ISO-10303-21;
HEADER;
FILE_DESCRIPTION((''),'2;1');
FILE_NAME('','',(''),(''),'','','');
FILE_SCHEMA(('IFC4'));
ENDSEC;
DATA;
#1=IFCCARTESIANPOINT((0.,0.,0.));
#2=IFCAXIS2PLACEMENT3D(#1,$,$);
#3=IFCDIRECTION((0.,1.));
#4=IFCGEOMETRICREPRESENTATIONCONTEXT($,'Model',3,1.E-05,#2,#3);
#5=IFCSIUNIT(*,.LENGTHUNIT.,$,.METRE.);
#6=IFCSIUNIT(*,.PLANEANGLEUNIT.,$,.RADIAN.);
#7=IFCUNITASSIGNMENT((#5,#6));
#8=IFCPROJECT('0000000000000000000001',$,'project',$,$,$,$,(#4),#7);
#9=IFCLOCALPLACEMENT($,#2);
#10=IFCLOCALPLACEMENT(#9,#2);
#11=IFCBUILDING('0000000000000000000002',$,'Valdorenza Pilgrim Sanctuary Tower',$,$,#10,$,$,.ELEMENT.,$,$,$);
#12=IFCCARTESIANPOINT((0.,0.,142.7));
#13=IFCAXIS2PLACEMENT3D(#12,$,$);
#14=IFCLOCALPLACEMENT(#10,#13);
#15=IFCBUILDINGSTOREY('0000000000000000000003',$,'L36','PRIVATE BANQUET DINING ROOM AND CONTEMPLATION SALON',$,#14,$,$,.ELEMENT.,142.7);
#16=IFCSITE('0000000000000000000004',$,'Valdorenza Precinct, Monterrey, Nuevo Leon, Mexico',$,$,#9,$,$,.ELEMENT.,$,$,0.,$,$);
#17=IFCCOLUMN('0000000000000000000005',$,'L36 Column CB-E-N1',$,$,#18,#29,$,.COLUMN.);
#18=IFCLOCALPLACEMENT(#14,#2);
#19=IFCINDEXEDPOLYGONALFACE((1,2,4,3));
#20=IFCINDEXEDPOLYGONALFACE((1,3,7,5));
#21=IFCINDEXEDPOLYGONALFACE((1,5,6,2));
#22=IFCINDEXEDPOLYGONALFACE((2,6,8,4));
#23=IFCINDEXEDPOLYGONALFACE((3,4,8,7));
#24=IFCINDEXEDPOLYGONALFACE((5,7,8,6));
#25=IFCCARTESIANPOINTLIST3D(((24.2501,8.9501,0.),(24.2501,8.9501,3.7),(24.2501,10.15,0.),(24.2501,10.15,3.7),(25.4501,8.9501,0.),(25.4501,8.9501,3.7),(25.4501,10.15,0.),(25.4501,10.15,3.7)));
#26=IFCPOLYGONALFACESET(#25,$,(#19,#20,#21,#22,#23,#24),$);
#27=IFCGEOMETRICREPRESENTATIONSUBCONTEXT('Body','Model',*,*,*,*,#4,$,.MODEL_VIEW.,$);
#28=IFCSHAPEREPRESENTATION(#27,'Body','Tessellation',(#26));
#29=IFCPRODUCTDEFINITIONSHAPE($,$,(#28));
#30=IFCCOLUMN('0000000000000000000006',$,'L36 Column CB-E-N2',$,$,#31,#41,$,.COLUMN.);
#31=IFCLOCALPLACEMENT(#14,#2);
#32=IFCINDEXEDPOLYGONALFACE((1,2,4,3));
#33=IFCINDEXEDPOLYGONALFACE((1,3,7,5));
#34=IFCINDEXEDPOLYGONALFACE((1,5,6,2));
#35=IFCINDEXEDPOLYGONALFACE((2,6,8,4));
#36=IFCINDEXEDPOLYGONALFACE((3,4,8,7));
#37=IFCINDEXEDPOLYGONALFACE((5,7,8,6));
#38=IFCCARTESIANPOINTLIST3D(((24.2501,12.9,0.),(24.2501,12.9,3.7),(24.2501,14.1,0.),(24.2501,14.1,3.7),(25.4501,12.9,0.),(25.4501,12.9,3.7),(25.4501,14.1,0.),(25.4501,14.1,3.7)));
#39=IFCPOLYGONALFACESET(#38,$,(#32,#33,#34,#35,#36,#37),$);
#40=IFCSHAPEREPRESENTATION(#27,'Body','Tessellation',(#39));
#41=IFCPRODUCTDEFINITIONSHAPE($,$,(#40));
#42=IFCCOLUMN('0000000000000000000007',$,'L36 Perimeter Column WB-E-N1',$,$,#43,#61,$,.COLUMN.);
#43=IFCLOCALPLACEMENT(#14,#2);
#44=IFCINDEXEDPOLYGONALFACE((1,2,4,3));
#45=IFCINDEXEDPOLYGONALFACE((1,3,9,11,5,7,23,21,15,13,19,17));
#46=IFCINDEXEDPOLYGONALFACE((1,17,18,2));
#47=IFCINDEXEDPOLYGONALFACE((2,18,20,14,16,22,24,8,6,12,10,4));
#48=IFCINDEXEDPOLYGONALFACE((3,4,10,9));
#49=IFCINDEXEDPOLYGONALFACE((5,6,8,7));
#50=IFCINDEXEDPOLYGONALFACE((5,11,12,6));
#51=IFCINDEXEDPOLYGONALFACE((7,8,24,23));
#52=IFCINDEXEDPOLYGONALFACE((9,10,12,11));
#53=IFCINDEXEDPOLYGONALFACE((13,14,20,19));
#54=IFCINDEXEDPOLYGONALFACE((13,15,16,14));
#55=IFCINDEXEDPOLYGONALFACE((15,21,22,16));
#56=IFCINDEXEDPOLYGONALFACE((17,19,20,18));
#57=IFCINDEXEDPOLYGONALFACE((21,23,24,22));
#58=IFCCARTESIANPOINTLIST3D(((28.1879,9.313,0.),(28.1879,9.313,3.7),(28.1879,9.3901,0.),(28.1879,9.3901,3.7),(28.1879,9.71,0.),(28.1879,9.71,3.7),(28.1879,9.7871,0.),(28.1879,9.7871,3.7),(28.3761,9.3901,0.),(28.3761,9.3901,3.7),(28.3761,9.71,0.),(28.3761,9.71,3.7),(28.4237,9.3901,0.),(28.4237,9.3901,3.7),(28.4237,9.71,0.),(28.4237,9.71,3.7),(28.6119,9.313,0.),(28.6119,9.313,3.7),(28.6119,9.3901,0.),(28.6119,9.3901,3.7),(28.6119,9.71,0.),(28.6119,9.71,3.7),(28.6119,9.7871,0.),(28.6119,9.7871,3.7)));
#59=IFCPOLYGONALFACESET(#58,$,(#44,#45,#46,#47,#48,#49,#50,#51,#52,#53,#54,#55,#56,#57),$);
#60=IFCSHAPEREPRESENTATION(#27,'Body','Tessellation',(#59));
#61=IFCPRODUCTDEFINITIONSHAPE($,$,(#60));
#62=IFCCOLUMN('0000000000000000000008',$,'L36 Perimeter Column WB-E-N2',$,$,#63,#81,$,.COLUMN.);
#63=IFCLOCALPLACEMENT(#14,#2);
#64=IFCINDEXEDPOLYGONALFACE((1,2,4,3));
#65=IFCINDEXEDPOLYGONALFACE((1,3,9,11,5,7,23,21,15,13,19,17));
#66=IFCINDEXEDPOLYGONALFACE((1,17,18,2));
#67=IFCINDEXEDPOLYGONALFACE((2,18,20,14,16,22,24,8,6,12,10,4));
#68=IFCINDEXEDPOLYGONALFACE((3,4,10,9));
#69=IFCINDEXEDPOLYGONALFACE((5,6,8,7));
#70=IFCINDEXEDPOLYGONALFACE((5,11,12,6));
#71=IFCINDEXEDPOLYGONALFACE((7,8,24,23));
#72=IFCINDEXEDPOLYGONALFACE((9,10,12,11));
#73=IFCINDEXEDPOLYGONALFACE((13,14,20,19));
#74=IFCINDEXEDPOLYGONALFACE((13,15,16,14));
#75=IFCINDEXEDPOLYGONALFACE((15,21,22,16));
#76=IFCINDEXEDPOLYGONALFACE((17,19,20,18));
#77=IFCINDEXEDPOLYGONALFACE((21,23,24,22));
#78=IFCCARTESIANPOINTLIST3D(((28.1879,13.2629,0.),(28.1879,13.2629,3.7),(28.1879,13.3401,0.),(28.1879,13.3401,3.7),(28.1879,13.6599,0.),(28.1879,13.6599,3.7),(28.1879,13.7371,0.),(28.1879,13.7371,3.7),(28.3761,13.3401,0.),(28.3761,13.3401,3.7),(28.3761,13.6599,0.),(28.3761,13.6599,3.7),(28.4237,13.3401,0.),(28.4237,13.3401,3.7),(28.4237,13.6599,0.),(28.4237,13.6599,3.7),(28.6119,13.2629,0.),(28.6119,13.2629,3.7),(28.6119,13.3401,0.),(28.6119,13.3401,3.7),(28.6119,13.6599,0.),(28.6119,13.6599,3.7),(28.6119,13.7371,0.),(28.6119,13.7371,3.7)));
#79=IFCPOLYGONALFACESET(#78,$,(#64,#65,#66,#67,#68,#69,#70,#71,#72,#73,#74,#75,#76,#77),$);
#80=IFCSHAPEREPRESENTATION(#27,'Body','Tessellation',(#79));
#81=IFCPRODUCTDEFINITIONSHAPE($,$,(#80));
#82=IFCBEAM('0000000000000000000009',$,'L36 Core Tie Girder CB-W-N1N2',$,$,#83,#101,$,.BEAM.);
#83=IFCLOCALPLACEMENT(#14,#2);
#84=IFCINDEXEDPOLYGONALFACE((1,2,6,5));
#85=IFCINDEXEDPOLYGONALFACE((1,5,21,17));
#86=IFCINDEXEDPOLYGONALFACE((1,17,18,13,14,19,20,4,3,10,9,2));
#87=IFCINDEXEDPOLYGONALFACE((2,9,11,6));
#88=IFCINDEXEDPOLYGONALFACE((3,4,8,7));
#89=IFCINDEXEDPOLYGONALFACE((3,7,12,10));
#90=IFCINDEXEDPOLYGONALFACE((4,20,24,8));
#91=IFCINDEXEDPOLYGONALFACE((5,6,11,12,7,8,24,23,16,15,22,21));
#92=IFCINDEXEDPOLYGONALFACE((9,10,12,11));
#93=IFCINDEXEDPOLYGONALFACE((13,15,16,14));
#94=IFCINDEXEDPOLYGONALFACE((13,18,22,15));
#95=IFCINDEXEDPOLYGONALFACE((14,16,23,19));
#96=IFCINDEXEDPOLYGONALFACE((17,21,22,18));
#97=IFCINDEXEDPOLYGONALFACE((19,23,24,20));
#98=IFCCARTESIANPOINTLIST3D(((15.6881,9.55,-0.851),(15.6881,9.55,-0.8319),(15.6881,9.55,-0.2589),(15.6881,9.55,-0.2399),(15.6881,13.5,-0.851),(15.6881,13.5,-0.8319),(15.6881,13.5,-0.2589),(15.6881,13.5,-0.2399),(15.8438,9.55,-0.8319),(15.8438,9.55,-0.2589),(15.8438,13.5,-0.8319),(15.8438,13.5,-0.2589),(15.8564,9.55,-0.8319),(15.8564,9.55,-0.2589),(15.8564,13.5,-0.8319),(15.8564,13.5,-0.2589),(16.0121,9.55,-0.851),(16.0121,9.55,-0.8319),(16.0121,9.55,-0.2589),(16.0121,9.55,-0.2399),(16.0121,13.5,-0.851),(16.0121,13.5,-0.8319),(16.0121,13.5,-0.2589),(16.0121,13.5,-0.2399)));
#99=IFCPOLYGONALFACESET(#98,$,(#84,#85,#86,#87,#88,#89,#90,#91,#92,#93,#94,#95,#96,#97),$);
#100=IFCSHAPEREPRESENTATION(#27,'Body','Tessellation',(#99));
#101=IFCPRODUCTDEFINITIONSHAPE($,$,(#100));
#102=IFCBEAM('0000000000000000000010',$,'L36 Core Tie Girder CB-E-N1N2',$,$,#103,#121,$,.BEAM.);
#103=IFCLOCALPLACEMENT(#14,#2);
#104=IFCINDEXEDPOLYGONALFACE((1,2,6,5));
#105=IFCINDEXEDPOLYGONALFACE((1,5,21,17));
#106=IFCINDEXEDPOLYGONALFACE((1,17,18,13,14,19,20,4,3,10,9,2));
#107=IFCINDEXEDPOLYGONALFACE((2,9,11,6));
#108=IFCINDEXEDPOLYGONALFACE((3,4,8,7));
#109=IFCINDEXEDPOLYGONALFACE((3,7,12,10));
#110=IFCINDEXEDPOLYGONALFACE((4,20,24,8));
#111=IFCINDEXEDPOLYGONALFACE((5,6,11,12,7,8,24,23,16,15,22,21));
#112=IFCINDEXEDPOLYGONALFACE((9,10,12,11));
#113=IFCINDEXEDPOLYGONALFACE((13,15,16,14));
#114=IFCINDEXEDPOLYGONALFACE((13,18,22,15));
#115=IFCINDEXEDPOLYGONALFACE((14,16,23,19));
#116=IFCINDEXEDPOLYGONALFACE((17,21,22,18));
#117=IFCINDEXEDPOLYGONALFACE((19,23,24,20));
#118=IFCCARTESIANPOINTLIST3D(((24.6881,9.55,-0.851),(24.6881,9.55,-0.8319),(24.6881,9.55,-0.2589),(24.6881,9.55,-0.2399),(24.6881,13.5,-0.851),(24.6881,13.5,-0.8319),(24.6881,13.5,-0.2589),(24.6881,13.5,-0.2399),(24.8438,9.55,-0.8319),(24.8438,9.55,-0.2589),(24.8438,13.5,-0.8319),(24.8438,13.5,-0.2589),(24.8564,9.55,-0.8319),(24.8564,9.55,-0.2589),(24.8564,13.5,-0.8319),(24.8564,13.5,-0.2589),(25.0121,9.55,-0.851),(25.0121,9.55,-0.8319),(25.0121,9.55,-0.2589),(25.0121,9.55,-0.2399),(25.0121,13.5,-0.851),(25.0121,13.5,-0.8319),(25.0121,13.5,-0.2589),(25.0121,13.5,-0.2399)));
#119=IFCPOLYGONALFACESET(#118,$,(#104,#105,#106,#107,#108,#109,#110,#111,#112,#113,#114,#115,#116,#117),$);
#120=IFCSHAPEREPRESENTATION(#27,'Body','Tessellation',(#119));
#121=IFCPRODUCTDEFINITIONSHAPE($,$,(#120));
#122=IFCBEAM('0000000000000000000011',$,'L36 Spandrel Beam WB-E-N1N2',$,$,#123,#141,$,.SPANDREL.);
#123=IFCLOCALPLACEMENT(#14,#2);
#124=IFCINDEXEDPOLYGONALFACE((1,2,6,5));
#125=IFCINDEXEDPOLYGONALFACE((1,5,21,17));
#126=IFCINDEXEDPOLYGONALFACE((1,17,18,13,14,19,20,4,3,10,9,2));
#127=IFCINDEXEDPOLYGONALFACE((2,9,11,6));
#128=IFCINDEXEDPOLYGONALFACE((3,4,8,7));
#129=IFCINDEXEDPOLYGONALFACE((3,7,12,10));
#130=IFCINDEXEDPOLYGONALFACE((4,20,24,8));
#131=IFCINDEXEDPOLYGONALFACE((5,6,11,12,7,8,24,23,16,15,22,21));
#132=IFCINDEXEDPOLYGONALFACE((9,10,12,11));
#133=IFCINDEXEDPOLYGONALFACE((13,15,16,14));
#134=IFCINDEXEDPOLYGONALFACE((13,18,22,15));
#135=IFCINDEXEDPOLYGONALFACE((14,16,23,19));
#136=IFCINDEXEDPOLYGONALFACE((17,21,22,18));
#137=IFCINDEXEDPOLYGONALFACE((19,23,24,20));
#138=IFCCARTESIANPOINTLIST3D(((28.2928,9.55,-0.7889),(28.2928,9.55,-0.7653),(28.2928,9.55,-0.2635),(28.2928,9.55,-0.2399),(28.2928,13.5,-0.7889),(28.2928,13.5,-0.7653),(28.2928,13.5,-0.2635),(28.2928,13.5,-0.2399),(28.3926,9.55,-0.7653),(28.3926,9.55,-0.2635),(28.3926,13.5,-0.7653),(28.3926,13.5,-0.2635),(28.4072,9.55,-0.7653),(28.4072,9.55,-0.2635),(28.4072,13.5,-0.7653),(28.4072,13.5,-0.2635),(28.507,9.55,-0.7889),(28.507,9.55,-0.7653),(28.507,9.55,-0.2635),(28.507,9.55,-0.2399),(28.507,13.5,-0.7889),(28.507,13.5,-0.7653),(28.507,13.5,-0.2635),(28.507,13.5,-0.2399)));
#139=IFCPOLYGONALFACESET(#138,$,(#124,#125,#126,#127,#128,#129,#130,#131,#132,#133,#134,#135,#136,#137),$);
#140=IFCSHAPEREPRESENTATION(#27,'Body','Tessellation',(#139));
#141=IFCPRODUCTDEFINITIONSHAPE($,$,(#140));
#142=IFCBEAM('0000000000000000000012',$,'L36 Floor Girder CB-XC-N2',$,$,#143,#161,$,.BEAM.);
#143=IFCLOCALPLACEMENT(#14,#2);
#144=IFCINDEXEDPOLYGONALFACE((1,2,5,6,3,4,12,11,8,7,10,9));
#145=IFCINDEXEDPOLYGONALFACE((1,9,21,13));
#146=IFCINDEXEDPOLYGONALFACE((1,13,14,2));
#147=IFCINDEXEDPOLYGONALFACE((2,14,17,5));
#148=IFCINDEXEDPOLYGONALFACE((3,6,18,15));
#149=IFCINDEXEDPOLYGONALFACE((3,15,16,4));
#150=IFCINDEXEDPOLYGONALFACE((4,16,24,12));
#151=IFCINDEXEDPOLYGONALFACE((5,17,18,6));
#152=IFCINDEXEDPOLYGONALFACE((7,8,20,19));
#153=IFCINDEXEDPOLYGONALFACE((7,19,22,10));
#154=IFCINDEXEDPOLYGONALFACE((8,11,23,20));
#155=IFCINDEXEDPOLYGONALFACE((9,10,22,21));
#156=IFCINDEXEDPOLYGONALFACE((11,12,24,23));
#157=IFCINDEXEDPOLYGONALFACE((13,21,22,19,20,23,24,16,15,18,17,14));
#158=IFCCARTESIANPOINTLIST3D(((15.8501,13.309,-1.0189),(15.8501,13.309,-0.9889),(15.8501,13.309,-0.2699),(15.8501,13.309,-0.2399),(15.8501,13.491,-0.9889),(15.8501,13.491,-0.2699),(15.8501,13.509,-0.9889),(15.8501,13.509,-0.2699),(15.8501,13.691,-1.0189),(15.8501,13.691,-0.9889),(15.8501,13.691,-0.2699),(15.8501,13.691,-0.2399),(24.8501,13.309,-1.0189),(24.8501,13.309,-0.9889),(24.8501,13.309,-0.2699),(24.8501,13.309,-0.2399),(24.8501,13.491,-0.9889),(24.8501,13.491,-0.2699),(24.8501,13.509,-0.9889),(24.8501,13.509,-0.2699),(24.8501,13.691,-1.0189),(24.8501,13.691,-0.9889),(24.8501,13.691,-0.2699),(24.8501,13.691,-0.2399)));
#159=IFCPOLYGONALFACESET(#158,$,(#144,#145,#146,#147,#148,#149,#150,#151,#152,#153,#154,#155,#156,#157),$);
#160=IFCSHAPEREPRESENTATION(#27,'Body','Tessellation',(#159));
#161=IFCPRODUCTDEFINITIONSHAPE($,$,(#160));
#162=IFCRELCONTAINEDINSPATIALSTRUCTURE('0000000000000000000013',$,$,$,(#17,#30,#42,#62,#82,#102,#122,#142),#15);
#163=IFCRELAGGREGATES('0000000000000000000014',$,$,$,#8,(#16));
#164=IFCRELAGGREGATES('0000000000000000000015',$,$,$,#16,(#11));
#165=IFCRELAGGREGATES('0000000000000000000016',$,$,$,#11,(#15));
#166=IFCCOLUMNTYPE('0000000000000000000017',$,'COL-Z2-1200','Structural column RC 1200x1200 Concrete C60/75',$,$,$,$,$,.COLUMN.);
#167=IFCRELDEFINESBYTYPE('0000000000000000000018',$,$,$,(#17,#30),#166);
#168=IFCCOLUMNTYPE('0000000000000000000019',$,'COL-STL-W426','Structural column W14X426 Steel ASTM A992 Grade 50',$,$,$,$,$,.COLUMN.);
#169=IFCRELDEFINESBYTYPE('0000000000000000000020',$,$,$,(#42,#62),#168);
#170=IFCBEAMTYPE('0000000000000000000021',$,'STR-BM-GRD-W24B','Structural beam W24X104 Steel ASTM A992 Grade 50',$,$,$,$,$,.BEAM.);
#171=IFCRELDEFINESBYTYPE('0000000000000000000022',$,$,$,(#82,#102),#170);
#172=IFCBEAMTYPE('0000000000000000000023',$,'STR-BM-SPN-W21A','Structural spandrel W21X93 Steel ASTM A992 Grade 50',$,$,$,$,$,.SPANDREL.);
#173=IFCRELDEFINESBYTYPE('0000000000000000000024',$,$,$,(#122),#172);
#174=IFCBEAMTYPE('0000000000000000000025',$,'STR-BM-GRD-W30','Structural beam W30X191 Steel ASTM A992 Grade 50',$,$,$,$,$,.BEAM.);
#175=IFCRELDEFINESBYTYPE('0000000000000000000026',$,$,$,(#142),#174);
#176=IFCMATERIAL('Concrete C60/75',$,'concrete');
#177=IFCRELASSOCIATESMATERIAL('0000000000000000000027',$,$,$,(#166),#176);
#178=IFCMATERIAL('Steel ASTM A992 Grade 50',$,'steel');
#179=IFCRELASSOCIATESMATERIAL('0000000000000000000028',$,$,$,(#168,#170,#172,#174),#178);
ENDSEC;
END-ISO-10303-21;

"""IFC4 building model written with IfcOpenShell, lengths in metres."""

from ifc_helpers import new_model, si_unit, direction, frame, origin, origin_2d, place, context, subcontext, project, spatial, rectangle, i_section, extrude, source, transform, mapped, material, material_profile, profile_set, type_object, element, save


model = new_model("IFC4")

# Units and contexts
model_context = context("Model", 3, precision=1e-05, world=origin(), true_north=direction((0.0, 1.0)))
body_context = subcontext(model_context, "Body", "Model", "MODEL_VIEW")
ifc_project = project(units=[si_unit("LENGTHUNIT", "METRE"), si_unit("PLANEANGLEUNIT", "RADIAN")], contexts=[model_context])

# Site, building, storey
site_placement = place(None, origin())
site = spatial("IfcSite", under=ifc_project, at=site_placement, Name="Valdorenza Precinct, Monterrey, Nuevo Leon, Mexico", CompositionType="ELEMENT", RefElevation=0.0)
building_placement = place(site_placement, origin())
building = spatial("IfcBuilding", under=site, at=building_placement, Name="Valdorenza Pilgrim Sanctuary Tower", CompositionType="ELEMENT")
storey_placement = place(building_placement, frame((0.0, 0.0, 142.7)))
storey = spatial("IfcBuildingStorey", under=building, at=storey_placement, Name="L36", Description="PRIVATE BANQUET DINING ROOM AND CONTEMPLATION SALON", CompositionType="ELEMENT", Elevation=142.7)

# Columns
ifc_material_1 = material(Name="Concrete C60/75", Category="concrete")
ifc_material_profile_1 = material_profile(ifc_material_1, rectangle(XDim=1.2, YDim=1.2, at=origin_2d()), Name="RC 1200x1200")
ifc_profile_set_1 = profile_set([ifc_material_profile_1], Name="Concrete C60/75")
column_type_1 = type_object("IfcColumnType", Name="COL-Z2-1200", Description="Structural column RC 1200x1200 Concrete C60/75", PredefinedType="COLUMN", material=ifc_profile_set_1)
shared_shape_1 = source(origin(), body_context, "Body", "SweptSolid", [
    extrude(rectangle(XDim=1.2, YDim=1.2, at=origin_2d()), origin(), (0.0, 0.0, 1.0), 3.7),
])
for number, where, z_axis, x_axis, name in (
    (1, (24.8501, 9.55, 0.0), (0.0, 0.0, 1.0), (1.0, 0.0, 0.0), "L36 Column CB-E-N1"),
    (2, (24.8501, 13.5, 0.0), (0.0, 0.0, 1.0), (1.0, 0.0, 0.0), "L36 Column CB-E-N2"),
):
    element("IfcColumn", number, at=place(storey_placement, frame(where, z_axis=z_axis, x_axis=x_axis)), inside=storey, type_object=column_type_1, Name=name, PredefinedType="COLUMN", context=body_context, shape_type="MappedRepresentation", body=[
        mapped(shared_shape_1, transform((0.0, 0.0, 0.0), x_axis=(1.0, 0.0, 0.0), y_axis=(0.0, 1.0, 0.0), z_axis=(0.0, 0.0, 1.0), scale=1.0)),
    ])
ifc_material_2 = material(Name="Steel ASTM A992 Grade 50", Category="steel")
ifc_material_profile_2 = material_profile(ifc_material_2, i_section(OverallWidth=0.4241, OverallDepth=0.4741, WebThickness=0.0476, FlangeThickness=0.0771, at=origin_2d()), Name="W14X426")
ifc_profile_set_2 = profile_set([ifc_material_profile_2], Name="Steel ASTM A992 Grade 50")
column_type_2 = type_object("IfcColumnType", Name="COL-STL-W426", Description="Structural column W14X426 Steel ASTM A992 Grade 50", PredefinedType="COLUMN", material=ifc_profile_set_2)
shared_shape_2 = source(origin(), body_context, "Body", "SweptSolid", [
    extrude(i_section(OverallWidth=0.4241, OverallDepth=0.4741, WebThickness=0.0476, FlangeThickness=0.0771, at=origin_2d()), origin(), (0.0, 0.0, 1.0), 3.7),
])
for number, where, z_axis, x_axis, name in (
    (3, (28.3999, 9.55, 0.0), (0.0, 0.0, 1.0), (1.0, 0.0, 0.0), "L36 Perimeter Column WB-E-N1"),
    (4, (28.3999, 13.5, 0.0), (0.0, 0.0, 1.0), (1.0, 0.0, 0.0), "L36 Perimeter Column WB-E-N2"),
):
    element("IfcColumn", number, at=place(storey_placement, frame(where, z_axis=z_axis, x_axis=x_axis)), inside=storey, type_object=column_type_2, Name=name, PredefinedType="COLUMN", context=body_context, shape_type="MappedRepresentation", body=[
        mapped(shared_shape_2, transform((0.0, 0.0, 0.0), x_axis=(1.0, 0.0, 0.0), y_axis=(0.0, 1.0, 0.0), z_axis=(0.0, 0.0, 1.0), scale=1.0)),
    ])

# Beams
ifc_material_profile_3 = material_profile(ifc_material_2, i_section(OverallWidth=0.324, OverallDepth=0.6111, WebThickness=0.0127, FlangeThickness=0.019, at=origin_2d()), Name="W24X104")
ifc_profile_set_3 = profile_set([ifc_material_profile_3], Name="Steel ASTM A992 Grade 50")
beam_type_1 = type_object("IfcBeamType", Name="STR-BM-GRD-W24B", Description="Structural beam W24X104 Steel ASTM A992 Grade 50", PredefinedType="BEAM", material=ifc_profile_set_3)
shared_shape_3 = source(origin(), body_context, "Body", "SweptSolid", [
    extrude(i_section(OverallWidth=0.324, OverallDepth=0.6111, WebThickness=0.0127, FlangeThickness=0.019, at=origin_2d()), origin(), (0.0, 0.0, 1.0), 3.95),
])
for number, where, z_axis, x_axis, name in (
    (5, (15.8501, 9.55, -0.5454), (0.0, 1.0, 0.0), (-1.0, 0.0, 0.0), "L36 Core Tie Girder CB-W-N1N2"),
    (6, (24.8501, 9.55, -0.5454), (0.0, 1.0, 0.0), (-1.0, 0.0, 0.0), "L36 Core Tie Girder CB-E-N1N2"),
):
    element("IfcBeam", number, at=place(storey_placement, frame(where, z_axis=z_axis, x_axis=x_axis)), inside=storey, type_object=beam_type_1, Name=name, PredefinedType="BEAM", context=body_context, shape_type="MappedRepresentation", body=[
        mapped(shared_shape_3, transform((0.0, 0.0, 0.0), x_axis=(1.0, 0.0, 0.0), y_axis=(0.0, 1.0, 0.0), z_axis=(0.0, 0.0, 1.0), scale=1.0)),
    ])
ifc_material_profile_4 = material_profile(ifc_material_2, i_section(OverallWidth=0.2141, OverallDepth=0.5491, WebThickness=0.0146, FlangeThickness=0.0237, at=origin_2d()), Name="W21X93")
ifc_profile_set_4 = profile_set([ifc_material_profile_4], Name="Steel ASTM A992 Grade 50")
beam_type_2 = type_object("IfcBeamType", Name="STR-BM-SPN-W21A", Description="Structural spandrel W21X93 Steel ASTM A992 Grade 50", PredefinedType="SPANDREL", material=ifc_profile_set_4)
shared_shape_4 = source(origin(), body_context, "Body", "SweptSolid", [
    extrude(i_section(OverallWidth=0.2141, OverallDepth=0.5491, WebThickness=0.0146, FlangeThickness=0.0237, at=origin_2d()), origin(), (0.0, 0.0, 1.0), 3.95),
])
beam_1_placement = place(storey_placement, frame((28.3999, 9.55, -0.5144), z_axis=(0.0, 1.0, 0.0), x_axis=(-1.0, 0.0, 0.0)))
element("IfcBeam", 7, at=beam_1_placement, inside=storey, type_object=beam_type_2, Name="L36 Spandrel Beam WB-E-N1N2", PredefinedType="SPANDREL", context=body_context, shape_type="MappedRepresentation", body=[
    mapped(shared_shape_4, transform((0.0, 0.0, 0.0), x_axis=(1.0, 0.0, 0.0), y_axis=(0.0, 1.0, 0.0), z_axis=(0.0, 0.0, 1.0), scale=1.0)),
])
ifc_material_profile_5 = material_profile(ifc_material_2, i_section(OverallWidth=0.3821, OverallDepth=0.7791, WebThickness=0.0181, FlangeThickness=0.03, at=origin_2d()), Name="W30X191")
ifc_profile_set_5 = profile_set([ifc_material_profile_5], Name="Steel ASTM A992 Grade 50")
beam_type_3 = type_object("IfcBeamType", Name="STR-BM-GRD-W30", Description="Structural beam W30X191 Steel ASTM A992 Grade 50", PredefinedType="BEAM", material=ifc_profile_set_5)
shared_shape_5 = source(origin(), body_context, "Body", "SweptSolid", [
    extrude(i_section(OverallWidth=0.3821, OverallDepth=0.7791, WebThickness=0.0181, FlangeThickness=0.03, at=origin_2d()), origin(), (0.0, 0.0, 1.0), 9.0),
])
beam_2_placement = place(storey_placement, frame((15.8501, 13.5, -0.6294), z_axis=(1.0, 0.0, 0.0), x_axis=(0.0, 1.0, 0.0)))
element("IfcBeam", 8, at=beam_2_placement, inside=storey, type_object=beam_type_3, Name="L36 Floor Girder CB-XC-N2", PredefinedType="BEAM", context=body_context, shape_type="MappedRepresentation", body=[
    mapped(shared_shape_5, transform((0.0, 0.0, 0.0), x_axis=(1.0, 0.0, 0.0), y_axis=(0.0, 1.0, 0.0), z_axis=(0.0, 0.0, 1.0), scale=1.0)),
])

save(model, "model.ifc")
